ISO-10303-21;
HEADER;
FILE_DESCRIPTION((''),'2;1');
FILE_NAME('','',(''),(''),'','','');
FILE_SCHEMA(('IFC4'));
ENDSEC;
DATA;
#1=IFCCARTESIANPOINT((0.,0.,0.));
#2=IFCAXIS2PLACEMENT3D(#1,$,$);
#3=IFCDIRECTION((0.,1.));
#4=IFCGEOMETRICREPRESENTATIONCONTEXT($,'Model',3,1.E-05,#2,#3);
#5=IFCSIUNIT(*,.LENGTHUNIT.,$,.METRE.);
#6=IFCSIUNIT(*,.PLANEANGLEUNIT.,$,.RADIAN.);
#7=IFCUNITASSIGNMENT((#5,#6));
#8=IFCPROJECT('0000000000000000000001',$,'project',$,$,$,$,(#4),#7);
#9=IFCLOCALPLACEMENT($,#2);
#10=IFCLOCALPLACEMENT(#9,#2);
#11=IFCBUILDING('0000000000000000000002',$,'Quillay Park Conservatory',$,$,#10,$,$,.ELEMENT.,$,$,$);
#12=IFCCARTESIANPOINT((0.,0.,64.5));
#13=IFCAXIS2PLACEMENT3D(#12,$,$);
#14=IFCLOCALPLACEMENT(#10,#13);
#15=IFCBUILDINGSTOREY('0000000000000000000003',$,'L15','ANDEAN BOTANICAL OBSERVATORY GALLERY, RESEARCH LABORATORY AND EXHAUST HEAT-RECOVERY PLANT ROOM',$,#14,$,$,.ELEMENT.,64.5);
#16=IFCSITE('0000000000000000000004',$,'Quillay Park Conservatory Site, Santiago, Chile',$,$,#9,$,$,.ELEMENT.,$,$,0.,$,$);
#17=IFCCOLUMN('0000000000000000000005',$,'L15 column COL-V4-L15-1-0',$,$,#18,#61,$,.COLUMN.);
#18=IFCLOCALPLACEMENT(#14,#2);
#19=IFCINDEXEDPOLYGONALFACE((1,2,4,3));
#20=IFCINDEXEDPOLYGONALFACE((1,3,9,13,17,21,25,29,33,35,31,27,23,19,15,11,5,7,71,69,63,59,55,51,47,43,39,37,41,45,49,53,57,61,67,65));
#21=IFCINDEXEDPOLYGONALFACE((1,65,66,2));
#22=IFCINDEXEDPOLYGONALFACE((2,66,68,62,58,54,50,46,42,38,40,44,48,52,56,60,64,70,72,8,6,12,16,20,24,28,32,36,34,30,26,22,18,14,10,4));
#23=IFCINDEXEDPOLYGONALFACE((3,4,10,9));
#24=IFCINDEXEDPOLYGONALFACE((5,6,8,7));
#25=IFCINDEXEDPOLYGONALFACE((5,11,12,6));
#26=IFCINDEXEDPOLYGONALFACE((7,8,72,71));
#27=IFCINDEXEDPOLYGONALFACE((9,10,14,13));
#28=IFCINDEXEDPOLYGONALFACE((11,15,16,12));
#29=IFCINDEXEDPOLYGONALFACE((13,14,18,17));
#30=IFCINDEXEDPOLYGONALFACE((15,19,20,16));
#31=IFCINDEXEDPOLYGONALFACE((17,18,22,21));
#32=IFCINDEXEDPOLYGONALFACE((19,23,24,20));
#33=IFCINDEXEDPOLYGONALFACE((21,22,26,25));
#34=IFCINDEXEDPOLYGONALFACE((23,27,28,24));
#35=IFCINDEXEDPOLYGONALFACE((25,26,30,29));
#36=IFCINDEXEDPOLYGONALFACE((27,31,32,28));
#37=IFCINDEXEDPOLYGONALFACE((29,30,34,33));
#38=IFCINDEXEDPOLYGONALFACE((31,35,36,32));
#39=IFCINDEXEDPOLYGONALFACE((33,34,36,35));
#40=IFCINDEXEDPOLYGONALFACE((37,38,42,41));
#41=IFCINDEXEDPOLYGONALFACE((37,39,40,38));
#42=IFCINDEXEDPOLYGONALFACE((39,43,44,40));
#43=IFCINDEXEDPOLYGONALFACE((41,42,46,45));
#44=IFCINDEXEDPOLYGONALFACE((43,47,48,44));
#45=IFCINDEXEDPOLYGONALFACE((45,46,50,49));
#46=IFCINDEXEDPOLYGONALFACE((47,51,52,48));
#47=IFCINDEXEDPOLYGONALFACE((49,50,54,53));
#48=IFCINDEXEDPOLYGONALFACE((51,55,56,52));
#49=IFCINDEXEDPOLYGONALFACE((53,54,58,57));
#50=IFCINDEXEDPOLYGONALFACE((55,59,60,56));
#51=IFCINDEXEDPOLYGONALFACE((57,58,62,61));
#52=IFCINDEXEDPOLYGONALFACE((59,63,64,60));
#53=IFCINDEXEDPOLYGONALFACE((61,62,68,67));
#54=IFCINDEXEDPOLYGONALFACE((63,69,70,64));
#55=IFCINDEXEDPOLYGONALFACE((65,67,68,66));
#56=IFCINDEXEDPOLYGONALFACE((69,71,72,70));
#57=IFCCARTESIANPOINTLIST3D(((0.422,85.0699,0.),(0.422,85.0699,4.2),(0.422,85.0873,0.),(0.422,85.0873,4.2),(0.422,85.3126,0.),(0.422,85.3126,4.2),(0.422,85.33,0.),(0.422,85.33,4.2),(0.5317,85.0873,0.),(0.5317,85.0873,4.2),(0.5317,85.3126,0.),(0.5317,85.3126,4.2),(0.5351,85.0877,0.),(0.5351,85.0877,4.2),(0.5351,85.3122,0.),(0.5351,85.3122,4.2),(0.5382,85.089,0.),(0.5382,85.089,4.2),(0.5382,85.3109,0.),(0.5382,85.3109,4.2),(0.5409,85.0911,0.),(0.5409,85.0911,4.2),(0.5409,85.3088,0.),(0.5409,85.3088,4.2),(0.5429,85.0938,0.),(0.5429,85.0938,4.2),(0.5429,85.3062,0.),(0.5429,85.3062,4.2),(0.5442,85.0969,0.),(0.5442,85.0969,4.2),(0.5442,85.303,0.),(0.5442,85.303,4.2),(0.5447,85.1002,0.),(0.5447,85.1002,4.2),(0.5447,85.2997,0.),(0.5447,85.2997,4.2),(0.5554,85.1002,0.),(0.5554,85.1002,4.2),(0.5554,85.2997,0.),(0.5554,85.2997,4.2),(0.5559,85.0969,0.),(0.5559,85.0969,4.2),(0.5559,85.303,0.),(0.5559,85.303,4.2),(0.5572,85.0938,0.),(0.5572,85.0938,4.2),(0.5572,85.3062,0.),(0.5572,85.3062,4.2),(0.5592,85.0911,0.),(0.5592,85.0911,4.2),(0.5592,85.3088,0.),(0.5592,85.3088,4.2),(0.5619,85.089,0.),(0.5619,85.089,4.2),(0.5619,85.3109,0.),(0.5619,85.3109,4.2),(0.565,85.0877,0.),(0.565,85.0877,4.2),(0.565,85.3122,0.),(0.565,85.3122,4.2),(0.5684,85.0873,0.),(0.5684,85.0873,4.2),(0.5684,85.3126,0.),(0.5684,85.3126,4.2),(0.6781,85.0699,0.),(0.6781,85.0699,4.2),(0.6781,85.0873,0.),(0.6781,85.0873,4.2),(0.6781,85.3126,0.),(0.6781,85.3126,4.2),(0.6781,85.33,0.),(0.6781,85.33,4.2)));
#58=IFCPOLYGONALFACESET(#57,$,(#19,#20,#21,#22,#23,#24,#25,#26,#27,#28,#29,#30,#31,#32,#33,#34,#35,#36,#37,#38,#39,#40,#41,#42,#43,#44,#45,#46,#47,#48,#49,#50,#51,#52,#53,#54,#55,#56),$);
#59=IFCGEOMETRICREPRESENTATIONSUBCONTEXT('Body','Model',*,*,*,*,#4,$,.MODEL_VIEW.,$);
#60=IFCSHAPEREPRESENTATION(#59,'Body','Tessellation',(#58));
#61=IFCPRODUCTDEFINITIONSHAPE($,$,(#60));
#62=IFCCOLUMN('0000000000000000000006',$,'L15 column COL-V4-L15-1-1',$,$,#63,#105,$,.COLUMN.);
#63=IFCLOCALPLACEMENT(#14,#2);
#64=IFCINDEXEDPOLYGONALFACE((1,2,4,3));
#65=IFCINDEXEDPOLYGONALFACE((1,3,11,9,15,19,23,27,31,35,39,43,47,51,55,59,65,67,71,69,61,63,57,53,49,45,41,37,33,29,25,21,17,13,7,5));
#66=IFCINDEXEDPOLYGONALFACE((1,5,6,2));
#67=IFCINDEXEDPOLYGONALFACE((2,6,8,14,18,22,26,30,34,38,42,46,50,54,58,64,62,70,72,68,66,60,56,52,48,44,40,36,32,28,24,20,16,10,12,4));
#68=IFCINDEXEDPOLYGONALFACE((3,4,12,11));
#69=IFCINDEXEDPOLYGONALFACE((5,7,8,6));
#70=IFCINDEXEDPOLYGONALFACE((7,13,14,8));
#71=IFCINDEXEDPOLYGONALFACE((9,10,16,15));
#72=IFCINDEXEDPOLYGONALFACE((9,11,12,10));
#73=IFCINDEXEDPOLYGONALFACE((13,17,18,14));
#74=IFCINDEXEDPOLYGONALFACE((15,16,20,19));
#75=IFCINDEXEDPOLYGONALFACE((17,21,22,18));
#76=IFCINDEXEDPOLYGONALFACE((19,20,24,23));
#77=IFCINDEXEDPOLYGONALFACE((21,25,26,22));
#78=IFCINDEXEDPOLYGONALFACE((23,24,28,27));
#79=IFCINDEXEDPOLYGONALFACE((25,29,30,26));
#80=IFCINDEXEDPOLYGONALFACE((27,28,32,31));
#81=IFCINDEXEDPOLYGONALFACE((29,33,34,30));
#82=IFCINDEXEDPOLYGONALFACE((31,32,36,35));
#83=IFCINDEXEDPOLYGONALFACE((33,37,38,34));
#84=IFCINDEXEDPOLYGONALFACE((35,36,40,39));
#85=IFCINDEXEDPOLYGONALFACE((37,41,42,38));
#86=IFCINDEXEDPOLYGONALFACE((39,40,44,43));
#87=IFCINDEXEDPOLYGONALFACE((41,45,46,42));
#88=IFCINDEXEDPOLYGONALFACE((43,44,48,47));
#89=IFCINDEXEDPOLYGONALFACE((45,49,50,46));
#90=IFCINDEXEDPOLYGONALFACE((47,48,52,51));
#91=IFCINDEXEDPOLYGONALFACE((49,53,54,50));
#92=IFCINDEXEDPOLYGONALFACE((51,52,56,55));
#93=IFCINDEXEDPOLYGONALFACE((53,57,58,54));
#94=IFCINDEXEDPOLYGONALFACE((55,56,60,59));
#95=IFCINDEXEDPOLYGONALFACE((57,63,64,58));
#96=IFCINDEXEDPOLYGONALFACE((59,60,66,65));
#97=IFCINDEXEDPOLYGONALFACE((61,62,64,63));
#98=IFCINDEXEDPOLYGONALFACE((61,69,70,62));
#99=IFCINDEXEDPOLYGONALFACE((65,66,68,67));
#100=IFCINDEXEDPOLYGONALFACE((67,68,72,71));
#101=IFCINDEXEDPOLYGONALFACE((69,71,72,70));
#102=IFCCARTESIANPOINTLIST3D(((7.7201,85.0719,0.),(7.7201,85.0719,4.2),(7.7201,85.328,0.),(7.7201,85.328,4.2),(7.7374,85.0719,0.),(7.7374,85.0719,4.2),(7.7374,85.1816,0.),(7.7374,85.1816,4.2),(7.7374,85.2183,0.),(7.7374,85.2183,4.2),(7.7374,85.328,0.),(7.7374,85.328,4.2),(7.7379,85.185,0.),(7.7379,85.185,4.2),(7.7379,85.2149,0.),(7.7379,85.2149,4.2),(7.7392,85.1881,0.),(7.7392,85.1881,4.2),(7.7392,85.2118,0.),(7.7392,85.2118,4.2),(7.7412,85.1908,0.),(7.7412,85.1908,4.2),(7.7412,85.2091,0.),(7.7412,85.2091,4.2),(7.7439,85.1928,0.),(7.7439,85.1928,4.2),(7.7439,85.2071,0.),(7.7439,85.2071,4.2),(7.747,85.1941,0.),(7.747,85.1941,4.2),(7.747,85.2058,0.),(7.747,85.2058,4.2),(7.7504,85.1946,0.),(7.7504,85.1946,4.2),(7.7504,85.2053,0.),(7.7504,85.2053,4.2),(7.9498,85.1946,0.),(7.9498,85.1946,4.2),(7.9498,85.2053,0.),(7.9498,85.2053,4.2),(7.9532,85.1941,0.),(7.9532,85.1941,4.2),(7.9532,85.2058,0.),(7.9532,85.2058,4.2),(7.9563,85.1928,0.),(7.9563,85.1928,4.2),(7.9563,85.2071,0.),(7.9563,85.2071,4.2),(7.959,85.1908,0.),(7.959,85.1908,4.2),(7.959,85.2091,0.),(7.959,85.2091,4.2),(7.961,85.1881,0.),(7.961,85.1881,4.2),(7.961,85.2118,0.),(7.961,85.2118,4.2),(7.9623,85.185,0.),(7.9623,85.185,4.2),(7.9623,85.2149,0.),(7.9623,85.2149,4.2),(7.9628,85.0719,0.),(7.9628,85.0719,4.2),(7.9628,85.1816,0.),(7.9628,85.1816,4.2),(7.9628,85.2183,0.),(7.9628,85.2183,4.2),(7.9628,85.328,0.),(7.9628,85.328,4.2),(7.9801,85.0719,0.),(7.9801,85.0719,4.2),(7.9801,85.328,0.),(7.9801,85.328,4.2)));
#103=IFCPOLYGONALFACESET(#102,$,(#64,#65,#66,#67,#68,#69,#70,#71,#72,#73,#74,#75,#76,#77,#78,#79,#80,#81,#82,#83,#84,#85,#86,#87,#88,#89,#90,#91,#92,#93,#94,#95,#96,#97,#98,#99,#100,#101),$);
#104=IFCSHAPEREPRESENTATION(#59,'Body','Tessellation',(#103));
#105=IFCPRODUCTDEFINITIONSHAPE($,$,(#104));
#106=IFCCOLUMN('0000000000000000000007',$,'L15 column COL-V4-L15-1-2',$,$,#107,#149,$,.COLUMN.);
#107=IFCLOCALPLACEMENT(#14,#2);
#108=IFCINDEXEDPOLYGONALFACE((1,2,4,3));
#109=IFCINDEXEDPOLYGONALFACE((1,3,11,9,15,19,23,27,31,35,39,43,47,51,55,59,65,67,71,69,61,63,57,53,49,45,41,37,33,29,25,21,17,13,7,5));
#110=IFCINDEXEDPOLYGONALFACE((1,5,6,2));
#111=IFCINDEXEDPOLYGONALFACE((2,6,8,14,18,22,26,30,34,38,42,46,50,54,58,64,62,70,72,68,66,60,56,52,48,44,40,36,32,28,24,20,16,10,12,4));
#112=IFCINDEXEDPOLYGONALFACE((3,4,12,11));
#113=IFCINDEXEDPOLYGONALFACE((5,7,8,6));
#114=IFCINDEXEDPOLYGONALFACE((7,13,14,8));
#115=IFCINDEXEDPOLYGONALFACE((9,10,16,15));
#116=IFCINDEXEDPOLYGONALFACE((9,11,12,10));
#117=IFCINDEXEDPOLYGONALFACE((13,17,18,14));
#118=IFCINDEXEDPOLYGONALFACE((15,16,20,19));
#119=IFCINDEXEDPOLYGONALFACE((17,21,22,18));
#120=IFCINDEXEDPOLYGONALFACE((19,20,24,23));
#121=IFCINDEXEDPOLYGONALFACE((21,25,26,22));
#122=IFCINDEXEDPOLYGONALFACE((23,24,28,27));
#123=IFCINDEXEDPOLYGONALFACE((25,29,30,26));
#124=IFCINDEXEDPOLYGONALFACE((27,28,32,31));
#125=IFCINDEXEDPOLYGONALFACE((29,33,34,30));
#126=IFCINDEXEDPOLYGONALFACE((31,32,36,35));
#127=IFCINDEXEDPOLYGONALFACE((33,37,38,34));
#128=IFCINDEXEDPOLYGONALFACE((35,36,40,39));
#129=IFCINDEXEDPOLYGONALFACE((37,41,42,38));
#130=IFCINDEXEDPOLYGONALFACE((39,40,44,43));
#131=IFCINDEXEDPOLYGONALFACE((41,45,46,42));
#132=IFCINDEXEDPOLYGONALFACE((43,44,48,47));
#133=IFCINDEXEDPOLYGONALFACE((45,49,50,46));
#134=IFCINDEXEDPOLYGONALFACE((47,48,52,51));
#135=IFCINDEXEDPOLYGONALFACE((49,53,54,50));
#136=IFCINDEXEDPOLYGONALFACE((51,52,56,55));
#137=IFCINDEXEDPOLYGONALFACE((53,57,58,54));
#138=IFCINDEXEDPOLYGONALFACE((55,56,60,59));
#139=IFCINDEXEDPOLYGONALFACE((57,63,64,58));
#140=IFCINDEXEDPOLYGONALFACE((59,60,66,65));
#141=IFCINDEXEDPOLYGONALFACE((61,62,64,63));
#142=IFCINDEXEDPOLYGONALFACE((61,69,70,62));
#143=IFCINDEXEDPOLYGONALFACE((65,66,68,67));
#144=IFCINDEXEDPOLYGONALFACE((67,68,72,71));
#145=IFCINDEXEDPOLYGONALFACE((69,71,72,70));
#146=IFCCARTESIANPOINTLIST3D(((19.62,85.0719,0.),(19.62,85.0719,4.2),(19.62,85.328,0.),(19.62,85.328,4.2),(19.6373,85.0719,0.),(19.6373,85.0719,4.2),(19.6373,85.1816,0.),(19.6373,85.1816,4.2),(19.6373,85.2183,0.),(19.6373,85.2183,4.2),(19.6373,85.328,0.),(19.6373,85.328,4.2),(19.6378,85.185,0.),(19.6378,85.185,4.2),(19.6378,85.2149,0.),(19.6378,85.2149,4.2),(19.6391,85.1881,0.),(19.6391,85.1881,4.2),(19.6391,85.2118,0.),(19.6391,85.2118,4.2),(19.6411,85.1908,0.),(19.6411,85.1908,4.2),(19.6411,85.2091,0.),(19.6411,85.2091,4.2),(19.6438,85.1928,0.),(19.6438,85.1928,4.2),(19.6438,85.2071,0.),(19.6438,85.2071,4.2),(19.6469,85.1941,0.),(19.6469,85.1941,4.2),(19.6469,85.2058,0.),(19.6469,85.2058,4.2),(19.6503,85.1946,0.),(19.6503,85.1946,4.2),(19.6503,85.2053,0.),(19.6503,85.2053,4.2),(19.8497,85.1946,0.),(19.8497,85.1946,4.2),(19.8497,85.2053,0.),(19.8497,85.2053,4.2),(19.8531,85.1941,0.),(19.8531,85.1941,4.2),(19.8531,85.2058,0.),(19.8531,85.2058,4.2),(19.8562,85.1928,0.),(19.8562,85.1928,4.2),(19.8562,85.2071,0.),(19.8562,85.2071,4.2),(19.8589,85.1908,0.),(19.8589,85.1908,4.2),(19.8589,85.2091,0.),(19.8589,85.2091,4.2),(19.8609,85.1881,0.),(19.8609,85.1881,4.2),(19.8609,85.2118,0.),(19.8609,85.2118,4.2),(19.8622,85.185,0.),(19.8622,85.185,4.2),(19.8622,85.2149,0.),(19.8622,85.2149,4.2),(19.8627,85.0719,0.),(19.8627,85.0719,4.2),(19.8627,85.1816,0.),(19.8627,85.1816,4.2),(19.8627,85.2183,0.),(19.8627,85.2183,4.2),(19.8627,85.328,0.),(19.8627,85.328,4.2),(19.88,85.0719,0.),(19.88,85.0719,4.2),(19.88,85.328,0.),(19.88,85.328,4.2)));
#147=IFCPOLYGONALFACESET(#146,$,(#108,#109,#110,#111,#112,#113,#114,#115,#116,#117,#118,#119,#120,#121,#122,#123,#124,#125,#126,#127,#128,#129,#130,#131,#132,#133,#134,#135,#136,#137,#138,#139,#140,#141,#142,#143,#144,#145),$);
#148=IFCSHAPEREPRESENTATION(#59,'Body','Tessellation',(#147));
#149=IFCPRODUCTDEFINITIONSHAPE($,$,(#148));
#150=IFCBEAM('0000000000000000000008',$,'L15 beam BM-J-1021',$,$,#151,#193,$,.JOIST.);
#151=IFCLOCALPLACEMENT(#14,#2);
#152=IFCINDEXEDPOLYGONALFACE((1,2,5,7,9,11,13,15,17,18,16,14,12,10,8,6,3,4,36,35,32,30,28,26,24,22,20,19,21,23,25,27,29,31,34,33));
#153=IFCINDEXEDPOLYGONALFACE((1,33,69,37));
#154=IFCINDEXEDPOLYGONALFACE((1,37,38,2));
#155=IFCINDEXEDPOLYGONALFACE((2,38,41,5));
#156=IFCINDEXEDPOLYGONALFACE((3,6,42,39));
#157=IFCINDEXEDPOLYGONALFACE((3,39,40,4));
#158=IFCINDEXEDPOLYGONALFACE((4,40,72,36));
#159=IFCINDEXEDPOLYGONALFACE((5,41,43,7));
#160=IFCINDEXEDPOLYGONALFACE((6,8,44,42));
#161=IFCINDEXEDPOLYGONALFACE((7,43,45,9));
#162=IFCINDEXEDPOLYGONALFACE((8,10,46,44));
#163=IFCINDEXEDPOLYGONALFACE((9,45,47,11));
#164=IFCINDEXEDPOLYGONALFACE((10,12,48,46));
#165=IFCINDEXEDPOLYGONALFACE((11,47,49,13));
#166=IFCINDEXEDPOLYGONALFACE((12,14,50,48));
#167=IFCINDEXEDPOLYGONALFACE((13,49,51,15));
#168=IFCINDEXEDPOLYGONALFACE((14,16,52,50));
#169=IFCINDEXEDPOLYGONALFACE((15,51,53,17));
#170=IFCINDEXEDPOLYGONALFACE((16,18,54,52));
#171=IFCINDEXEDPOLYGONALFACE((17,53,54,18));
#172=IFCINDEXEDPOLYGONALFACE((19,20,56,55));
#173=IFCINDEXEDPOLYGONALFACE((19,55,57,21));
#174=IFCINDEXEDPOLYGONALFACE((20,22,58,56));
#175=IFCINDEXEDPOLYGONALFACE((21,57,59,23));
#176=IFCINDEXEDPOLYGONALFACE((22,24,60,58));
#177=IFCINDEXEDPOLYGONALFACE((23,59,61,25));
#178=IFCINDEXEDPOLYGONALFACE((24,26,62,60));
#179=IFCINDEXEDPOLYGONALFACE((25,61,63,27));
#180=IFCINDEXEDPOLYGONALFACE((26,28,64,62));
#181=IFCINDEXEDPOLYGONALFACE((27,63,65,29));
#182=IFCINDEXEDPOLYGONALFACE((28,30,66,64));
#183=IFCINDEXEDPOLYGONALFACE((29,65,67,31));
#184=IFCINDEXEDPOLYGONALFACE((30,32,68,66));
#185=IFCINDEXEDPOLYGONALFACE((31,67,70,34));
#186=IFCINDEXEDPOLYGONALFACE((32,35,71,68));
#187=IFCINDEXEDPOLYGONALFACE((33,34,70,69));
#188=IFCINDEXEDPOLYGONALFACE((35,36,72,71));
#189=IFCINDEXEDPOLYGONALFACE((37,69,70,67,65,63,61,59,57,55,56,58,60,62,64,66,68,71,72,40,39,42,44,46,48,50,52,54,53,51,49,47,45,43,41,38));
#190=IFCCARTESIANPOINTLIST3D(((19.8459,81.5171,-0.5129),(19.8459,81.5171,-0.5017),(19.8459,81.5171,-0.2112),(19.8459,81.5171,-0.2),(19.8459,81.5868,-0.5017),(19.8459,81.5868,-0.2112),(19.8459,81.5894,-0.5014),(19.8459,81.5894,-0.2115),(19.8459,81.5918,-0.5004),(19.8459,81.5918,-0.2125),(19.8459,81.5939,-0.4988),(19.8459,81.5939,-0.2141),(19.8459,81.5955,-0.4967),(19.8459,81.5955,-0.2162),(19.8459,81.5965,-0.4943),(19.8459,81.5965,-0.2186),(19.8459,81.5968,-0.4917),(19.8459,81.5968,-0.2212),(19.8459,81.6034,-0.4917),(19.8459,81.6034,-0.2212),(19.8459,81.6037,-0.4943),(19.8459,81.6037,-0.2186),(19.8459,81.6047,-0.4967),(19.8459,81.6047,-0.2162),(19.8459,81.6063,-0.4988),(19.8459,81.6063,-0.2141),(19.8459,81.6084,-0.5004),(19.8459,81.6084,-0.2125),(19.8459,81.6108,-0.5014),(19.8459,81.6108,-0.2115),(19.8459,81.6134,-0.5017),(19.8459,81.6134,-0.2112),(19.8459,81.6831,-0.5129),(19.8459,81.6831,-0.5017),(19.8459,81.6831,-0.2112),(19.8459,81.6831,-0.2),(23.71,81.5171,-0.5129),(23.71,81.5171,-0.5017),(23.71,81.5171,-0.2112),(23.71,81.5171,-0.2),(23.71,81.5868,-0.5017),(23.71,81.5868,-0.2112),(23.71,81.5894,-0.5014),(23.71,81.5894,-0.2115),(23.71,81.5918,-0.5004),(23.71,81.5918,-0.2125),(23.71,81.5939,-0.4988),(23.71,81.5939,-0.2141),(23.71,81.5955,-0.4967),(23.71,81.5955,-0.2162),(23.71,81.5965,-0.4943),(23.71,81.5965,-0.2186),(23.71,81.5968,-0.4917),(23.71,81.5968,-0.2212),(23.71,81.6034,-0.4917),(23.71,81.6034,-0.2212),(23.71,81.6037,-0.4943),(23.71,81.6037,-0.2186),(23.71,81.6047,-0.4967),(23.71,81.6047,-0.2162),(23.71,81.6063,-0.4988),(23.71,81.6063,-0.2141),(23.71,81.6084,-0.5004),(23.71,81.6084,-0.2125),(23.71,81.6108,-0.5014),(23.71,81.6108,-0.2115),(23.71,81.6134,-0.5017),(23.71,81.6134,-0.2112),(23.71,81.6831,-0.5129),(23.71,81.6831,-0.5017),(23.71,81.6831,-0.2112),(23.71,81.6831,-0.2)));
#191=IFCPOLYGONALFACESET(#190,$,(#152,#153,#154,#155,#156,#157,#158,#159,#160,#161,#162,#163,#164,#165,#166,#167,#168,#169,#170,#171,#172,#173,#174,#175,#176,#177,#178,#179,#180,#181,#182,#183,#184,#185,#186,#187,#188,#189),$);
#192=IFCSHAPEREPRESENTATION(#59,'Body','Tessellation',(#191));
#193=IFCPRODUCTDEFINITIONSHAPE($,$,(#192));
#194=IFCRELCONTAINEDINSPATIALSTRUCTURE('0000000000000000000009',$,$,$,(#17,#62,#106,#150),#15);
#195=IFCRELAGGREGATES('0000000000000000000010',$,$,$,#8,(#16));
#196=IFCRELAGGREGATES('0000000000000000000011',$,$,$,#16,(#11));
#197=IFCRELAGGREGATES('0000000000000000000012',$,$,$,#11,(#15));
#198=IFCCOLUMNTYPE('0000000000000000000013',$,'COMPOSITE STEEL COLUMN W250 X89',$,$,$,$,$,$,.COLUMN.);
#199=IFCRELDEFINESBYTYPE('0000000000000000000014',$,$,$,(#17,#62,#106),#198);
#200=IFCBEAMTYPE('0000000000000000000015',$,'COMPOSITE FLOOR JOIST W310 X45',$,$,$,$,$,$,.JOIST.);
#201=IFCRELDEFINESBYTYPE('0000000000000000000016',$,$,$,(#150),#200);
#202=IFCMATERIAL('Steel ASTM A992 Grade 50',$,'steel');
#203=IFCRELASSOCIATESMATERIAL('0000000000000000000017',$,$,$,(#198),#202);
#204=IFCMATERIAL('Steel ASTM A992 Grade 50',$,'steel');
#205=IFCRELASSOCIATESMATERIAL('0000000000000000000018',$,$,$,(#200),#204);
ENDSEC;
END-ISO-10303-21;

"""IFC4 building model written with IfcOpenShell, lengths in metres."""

from ifc_helpers import new_model, si_unit, direction, frame, origin, origin_2d, place, context, subcontext, project, spatial, i_section, extrude, material, material_profile, profile_set, type_object, element, save


model = new_model("IFC4")

# Units and contexts
model_context = context("Model", 3, precision=1e-05, world=origin(), true_north=direction((0.0, 1.0)))
body_context = subcontext(model_context, "Body", "Model", "MODEL_VIEW")
ifc_project = project(units=[si_unit("LENGTHUNIT", "METRE"), si_unit("PLANEANGLEUNIT", "RADIAN")], contexts=[model_context])

# Site, building, storey
site_placement = place(None, origin())
site = spatial("IfcSite", under=ifc_project, at=site_placement, Name="Quillay Park Conservatory Site, Santiago, Chile", CompositionType="ELEMENT", RefElevation=0.0)
building_placement = place(site_placement, origin())
building = spatial("IfcBuilding", under=site, at=building_placement, Name="Quillay Park Conservatory", CompositionType="ELEMENT")
storey_placement = place(building_placement, frame((0.0, 0.0, 64.5)))
storey = spatial("IfcBuildingStorey", under=building, at=storey_placement, Name="L15", Description="ANDEAN BOTANICAL OBSERVATORY GALLERY, RESEARCH LABORATORY AND EXHAUST HEAT-RECOVERY PLANT ROOM", CompositionType="ELEMENT", Elevation=64.5)

# Columns
ifc_material_1 = material(Name="Steel ASTM A992 Grade 50", Category="steel")
ifc_material_profile_1 = material_profile(ifc_material_1, i_section(OverallWidth=0.2561, OverallDepth=0.26, WebThickness=0.0107, FlangeThickness=0.0173, FilletRadius=0.0129, at=origin_2d()), Name="W250x89")
ifc_profile_set_1 = profile_set([ifc_material_profile_1], Name="Steel ASTM A992 Grade 50")
column_type = type_object("IfcColumnType", Name="COMPOSITE STEEL COLUMN W250 X89", PredefinedType="COLUMN", material=ifc_profile_set_1)
for number, where, z_axis, x_axis, name in (
    (1, (0.55, 85.2, 0.0), (0.0, 0.0, 1.0), (1.0, 0.0, 0.0), "L15 column COL-V4-L15-1-0"),
    (2, (7.8501, 85.2, 0.0), (0.0, 0.0, 1.0), (0.0, 1.0, 0.0), "L15 column COL-V4-L15-1-1"),
    (3, (19.75, 85.2, 0.0), (0.0, 0.0, 1.0), (0.0, 1.0, 0.0), "L15 column COL-V4-L15-1-2"),
):
    element("IfcColumn", number, at=place(storey_placement, frame(where, z_axis=z_axis, x_axis=x_axis)), inside=storey, type_object=column_type, Name=name, PredefinedType="COLUMN", context=body_context, shape_type="SweptSolid", body=[
        extrude(i_section(OverallWidth=0.2561, OverallDepth=0.26, WebThickness=0.0107, FlangeThickness=0.0173, FilletRadius=0.0129, at=origin_2d()), origin(), (0.0, 0.0, 1.0), 4.2),
    ])

# Beam
ifc_material_2 = material(Name="Steel ASTM A992 Grade 50", Category="steel")
ifc_material_profile_2 = material_profile(ifc_material_2, i_section(OverallWidth=0.166, OverallDepth=0.313, WebThickness=0.0066, FlangeThickness=0.0112, FilletRadius=0.01, at=origin_2d()), Name="W310x45")
ifc_profile_set_2 = profile_set([ifc_material_profile_2], Name="Steel ASTM A992 Grade 50")
beam_type_1 = type_object("IfcBeamType", Name="COMPOSITE FLOOR JOIST W310 X45", PredefinedType="JOIST", material=ifc_profile_set_2)
beam_1_placement = place(storey_placement, frame((19.8459, 81.6001, -0.3564), z_axis=(1.0, 0.0, 0.0), x_axis=(0.0, 1.0, 0.0)))
element("IfcBeam", 4, at=beam_1_placement, inside=storey, type_object=beam_type_1, Name="L15 beam BM-J-1021", PredefinedType="JOIST", context=body_context, shape_type="SweptSolid", body=[
    extrude(i_section(OverallWidth=0.166, OverallDepth=0.313, WebThickness=0.0066, FlangeThickness=0.0112, FilletRadius=0.01, at=origin_2d()), origin(), (0.0, 0.0, 1.0), 3.864),
])

save(model, "model.ifc")
